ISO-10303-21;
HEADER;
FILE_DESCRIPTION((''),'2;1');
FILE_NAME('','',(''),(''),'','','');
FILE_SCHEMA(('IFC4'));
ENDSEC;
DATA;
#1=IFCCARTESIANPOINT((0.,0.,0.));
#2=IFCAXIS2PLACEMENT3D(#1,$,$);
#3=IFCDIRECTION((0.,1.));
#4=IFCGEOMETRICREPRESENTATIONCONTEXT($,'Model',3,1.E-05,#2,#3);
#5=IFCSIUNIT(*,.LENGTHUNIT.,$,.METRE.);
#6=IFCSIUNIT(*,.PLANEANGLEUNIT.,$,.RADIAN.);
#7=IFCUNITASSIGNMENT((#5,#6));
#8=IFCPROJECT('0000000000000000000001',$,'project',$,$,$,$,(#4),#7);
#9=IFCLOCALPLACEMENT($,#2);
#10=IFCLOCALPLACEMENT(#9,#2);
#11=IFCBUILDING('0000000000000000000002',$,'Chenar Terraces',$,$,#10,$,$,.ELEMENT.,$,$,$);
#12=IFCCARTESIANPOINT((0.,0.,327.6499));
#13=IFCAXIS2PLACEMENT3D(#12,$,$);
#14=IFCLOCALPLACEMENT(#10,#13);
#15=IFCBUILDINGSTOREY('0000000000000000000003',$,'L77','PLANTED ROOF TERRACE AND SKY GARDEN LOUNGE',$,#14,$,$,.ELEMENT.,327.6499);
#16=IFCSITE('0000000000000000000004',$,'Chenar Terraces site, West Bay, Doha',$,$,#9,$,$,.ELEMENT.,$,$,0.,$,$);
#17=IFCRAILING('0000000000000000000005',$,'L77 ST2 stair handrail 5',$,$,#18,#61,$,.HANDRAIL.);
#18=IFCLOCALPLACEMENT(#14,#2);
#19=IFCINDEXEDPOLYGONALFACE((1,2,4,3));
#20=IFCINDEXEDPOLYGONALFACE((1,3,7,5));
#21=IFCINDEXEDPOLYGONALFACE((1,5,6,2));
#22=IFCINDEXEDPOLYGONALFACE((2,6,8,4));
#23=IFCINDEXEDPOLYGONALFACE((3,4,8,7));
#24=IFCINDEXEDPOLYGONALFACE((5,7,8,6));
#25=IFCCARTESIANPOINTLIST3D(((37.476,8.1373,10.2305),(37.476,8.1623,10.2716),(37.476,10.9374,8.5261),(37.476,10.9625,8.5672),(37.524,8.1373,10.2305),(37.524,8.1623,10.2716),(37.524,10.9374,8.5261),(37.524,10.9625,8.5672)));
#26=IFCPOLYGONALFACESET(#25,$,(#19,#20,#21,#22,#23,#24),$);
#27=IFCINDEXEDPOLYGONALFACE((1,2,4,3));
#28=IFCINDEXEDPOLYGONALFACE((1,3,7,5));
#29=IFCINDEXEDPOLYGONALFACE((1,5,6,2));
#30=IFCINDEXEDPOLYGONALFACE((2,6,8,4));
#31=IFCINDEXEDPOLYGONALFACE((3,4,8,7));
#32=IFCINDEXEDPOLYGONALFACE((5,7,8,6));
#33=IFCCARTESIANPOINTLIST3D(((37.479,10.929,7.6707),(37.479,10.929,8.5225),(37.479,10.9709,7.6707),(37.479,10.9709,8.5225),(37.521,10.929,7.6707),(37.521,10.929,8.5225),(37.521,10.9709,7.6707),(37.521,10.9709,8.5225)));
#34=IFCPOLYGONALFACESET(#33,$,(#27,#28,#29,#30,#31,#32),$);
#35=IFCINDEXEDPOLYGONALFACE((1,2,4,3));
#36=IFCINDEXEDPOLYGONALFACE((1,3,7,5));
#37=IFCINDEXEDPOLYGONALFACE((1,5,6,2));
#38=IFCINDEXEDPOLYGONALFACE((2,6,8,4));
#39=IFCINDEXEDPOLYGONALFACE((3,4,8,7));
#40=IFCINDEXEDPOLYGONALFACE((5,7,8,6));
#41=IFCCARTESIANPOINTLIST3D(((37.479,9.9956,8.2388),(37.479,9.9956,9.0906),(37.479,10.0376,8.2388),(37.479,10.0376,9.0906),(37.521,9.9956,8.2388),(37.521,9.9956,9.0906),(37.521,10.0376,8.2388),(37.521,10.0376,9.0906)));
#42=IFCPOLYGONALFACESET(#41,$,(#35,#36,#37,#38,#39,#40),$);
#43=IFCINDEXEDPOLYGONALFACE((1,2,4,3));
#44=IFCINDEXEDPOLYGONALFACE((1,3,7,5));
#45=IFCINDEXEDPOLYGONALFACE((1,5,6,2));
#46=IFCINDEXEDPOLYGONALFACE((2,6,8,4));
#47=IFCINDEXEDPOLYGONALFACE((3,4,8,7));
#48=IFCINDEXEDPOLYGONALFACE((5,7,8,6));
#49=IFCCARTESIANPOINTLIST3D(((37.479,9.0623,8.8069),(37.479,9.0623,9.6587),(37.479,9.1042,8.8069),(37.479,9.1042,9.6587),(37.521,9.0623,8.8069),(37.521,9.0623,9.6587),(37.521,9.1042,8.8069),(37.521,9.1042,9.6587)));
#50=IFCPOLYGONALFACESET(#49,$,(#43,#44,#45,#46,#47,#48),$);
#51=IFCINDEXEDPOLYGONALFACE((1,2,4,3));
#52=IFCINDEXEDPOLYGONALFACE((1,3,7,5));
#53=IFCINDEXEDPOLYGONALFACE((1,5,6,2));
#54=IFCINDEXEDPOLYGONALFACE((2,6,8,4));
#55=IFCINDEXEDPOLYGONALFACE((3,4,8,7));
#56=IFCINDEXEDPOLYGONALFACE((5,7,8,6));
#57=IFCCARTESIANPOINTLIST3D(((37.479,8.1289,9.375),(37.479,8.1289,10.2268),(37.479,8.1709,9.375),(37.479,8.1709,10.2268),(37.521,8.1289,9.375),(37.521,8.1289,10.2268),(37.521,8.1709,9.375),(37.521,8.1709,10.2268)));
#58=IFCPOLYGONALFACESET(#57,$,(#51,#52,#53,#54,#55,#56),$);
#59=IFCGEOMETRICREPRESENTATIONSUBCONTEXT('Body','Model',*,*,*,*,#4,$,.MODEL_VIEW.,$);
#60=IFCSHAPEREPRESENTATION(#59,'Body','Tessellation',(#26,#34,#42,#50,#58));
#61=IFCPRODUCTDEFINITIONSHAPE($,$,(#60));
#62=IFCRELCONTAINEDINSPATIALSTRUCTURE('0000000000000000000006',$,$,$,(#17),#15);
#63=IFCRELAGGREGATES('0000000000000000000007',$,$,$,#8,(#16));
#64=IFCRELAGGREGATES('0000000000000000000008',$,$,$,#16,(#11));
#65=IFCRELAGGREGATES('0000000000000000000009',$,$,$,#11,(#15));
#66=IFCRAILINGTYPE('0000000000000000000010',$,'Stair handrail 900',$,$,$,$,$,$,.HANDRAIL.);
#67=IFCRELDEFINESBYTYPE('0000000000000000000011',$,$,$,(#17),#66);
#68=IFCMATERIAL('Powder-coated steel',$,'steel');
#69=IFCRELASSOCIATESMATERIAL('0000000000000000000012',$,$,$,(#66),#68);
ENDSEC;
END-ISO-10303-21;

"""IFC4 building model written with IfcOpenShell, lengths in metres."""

from ifc_helpers import new_model, si_unit, direction, frame, origin, origin_2d, place, context, subcontext, project, spatial, rectangle, extrude, material, type_object, element, save


model = new_model("IFC4")

# Units and contexts
model_context = context("Model", 3, precision=1e-05, world=origin(), true_north=direction((0.0, 1.0)))
body_context = subcontext(model_context, "Body", "Model", "MODEL_VIEW")
ifc_project = project(units=[si_unit("LENGTHUNIT", "METRE"), si_unit("PLANEANGLEUNIT", "RADIAN")], contexts=[model_context])

# Site, building, storey
site_placement = place(None, origin())
site = spatial("IfcSite", under=ifc_project, at=site_placement, Name="Chenar Terraces site, West Bay, Doha", CompositionType="ELEMENT", RefElevation=0.0)
building_placement = place(site_placement, origin())
building = spatial("IfcBuilding", under=site, at=building_placement, Name="Chenar Terraces", CompositionType="ELEMENT")
storey_placement = place(building_placement, frame((0.0, 0.0, 327.6499)))
storey = spatial("IfcBuildingStorey", under=building, at=storey_placement, Name="L77", Description="PLANTED ROOF TERRACE AND SKY GARDEN LOUNGE", CompositionType="ELEMENT", Elevation=327.6499)

# Railing
ifc_material_1 = material(Name="Powder-coated steel", Category="steel")
railing_type_1 = type_object("IfcRailingType", Name="Stair handrail 900", PredefinedType="HANDRAIL", material=ifc_material_1)
for number, where, name in (
    (1, (37.5, 10.95, 7.6707), "L77 ST2 stair handrail 5"),
):
    element("IfcRailing", number, at=place(storey_placement, frame(where)), inside=storey, type_object=railing_type_1, Name=name, PredefinedType="HANDRAIL", context=body_context, shape_type="SweptSolid", body=[
        extrude(rectangle(XDim=0.0481, YDim=0.0481, at=origin_2d()), frame((0.0, 0.0, 0.876), z_axis=(0.0, -0.854203, 0.51994), x_axis=(1.0, 0.0, 0.0)), (0.0, 0.0, 1.0), 3.2781),
        extrude(rectangle(XDim=0.042, YDim=0.042, at=origin_2d()), origin(), (0.0, 0.0, 1.0), 0.8518),
        extrude(rectangle(XDim=0.042, YDim=0.042, at=origin_2d()), frame((0.0, -0.9333, 0.5681)), (0.0, 0.0, 1.0), 0.8518),
        extrude(rectangle(XDim=0.042, YDim=0.042, at=origin_2d()), frame((0.0, -1.8667, 1.1362)), (0.0, 0.0, 1.0), 0.8518),
        extrude(rectangle(XDim=0.042, YDim=0.042, at=origin_2d()), frame((0.0, -2.8, 1.7043)), (0.0, 0.0, 1.0), 0.8518),
    ])

save(model, "model.ifc")
